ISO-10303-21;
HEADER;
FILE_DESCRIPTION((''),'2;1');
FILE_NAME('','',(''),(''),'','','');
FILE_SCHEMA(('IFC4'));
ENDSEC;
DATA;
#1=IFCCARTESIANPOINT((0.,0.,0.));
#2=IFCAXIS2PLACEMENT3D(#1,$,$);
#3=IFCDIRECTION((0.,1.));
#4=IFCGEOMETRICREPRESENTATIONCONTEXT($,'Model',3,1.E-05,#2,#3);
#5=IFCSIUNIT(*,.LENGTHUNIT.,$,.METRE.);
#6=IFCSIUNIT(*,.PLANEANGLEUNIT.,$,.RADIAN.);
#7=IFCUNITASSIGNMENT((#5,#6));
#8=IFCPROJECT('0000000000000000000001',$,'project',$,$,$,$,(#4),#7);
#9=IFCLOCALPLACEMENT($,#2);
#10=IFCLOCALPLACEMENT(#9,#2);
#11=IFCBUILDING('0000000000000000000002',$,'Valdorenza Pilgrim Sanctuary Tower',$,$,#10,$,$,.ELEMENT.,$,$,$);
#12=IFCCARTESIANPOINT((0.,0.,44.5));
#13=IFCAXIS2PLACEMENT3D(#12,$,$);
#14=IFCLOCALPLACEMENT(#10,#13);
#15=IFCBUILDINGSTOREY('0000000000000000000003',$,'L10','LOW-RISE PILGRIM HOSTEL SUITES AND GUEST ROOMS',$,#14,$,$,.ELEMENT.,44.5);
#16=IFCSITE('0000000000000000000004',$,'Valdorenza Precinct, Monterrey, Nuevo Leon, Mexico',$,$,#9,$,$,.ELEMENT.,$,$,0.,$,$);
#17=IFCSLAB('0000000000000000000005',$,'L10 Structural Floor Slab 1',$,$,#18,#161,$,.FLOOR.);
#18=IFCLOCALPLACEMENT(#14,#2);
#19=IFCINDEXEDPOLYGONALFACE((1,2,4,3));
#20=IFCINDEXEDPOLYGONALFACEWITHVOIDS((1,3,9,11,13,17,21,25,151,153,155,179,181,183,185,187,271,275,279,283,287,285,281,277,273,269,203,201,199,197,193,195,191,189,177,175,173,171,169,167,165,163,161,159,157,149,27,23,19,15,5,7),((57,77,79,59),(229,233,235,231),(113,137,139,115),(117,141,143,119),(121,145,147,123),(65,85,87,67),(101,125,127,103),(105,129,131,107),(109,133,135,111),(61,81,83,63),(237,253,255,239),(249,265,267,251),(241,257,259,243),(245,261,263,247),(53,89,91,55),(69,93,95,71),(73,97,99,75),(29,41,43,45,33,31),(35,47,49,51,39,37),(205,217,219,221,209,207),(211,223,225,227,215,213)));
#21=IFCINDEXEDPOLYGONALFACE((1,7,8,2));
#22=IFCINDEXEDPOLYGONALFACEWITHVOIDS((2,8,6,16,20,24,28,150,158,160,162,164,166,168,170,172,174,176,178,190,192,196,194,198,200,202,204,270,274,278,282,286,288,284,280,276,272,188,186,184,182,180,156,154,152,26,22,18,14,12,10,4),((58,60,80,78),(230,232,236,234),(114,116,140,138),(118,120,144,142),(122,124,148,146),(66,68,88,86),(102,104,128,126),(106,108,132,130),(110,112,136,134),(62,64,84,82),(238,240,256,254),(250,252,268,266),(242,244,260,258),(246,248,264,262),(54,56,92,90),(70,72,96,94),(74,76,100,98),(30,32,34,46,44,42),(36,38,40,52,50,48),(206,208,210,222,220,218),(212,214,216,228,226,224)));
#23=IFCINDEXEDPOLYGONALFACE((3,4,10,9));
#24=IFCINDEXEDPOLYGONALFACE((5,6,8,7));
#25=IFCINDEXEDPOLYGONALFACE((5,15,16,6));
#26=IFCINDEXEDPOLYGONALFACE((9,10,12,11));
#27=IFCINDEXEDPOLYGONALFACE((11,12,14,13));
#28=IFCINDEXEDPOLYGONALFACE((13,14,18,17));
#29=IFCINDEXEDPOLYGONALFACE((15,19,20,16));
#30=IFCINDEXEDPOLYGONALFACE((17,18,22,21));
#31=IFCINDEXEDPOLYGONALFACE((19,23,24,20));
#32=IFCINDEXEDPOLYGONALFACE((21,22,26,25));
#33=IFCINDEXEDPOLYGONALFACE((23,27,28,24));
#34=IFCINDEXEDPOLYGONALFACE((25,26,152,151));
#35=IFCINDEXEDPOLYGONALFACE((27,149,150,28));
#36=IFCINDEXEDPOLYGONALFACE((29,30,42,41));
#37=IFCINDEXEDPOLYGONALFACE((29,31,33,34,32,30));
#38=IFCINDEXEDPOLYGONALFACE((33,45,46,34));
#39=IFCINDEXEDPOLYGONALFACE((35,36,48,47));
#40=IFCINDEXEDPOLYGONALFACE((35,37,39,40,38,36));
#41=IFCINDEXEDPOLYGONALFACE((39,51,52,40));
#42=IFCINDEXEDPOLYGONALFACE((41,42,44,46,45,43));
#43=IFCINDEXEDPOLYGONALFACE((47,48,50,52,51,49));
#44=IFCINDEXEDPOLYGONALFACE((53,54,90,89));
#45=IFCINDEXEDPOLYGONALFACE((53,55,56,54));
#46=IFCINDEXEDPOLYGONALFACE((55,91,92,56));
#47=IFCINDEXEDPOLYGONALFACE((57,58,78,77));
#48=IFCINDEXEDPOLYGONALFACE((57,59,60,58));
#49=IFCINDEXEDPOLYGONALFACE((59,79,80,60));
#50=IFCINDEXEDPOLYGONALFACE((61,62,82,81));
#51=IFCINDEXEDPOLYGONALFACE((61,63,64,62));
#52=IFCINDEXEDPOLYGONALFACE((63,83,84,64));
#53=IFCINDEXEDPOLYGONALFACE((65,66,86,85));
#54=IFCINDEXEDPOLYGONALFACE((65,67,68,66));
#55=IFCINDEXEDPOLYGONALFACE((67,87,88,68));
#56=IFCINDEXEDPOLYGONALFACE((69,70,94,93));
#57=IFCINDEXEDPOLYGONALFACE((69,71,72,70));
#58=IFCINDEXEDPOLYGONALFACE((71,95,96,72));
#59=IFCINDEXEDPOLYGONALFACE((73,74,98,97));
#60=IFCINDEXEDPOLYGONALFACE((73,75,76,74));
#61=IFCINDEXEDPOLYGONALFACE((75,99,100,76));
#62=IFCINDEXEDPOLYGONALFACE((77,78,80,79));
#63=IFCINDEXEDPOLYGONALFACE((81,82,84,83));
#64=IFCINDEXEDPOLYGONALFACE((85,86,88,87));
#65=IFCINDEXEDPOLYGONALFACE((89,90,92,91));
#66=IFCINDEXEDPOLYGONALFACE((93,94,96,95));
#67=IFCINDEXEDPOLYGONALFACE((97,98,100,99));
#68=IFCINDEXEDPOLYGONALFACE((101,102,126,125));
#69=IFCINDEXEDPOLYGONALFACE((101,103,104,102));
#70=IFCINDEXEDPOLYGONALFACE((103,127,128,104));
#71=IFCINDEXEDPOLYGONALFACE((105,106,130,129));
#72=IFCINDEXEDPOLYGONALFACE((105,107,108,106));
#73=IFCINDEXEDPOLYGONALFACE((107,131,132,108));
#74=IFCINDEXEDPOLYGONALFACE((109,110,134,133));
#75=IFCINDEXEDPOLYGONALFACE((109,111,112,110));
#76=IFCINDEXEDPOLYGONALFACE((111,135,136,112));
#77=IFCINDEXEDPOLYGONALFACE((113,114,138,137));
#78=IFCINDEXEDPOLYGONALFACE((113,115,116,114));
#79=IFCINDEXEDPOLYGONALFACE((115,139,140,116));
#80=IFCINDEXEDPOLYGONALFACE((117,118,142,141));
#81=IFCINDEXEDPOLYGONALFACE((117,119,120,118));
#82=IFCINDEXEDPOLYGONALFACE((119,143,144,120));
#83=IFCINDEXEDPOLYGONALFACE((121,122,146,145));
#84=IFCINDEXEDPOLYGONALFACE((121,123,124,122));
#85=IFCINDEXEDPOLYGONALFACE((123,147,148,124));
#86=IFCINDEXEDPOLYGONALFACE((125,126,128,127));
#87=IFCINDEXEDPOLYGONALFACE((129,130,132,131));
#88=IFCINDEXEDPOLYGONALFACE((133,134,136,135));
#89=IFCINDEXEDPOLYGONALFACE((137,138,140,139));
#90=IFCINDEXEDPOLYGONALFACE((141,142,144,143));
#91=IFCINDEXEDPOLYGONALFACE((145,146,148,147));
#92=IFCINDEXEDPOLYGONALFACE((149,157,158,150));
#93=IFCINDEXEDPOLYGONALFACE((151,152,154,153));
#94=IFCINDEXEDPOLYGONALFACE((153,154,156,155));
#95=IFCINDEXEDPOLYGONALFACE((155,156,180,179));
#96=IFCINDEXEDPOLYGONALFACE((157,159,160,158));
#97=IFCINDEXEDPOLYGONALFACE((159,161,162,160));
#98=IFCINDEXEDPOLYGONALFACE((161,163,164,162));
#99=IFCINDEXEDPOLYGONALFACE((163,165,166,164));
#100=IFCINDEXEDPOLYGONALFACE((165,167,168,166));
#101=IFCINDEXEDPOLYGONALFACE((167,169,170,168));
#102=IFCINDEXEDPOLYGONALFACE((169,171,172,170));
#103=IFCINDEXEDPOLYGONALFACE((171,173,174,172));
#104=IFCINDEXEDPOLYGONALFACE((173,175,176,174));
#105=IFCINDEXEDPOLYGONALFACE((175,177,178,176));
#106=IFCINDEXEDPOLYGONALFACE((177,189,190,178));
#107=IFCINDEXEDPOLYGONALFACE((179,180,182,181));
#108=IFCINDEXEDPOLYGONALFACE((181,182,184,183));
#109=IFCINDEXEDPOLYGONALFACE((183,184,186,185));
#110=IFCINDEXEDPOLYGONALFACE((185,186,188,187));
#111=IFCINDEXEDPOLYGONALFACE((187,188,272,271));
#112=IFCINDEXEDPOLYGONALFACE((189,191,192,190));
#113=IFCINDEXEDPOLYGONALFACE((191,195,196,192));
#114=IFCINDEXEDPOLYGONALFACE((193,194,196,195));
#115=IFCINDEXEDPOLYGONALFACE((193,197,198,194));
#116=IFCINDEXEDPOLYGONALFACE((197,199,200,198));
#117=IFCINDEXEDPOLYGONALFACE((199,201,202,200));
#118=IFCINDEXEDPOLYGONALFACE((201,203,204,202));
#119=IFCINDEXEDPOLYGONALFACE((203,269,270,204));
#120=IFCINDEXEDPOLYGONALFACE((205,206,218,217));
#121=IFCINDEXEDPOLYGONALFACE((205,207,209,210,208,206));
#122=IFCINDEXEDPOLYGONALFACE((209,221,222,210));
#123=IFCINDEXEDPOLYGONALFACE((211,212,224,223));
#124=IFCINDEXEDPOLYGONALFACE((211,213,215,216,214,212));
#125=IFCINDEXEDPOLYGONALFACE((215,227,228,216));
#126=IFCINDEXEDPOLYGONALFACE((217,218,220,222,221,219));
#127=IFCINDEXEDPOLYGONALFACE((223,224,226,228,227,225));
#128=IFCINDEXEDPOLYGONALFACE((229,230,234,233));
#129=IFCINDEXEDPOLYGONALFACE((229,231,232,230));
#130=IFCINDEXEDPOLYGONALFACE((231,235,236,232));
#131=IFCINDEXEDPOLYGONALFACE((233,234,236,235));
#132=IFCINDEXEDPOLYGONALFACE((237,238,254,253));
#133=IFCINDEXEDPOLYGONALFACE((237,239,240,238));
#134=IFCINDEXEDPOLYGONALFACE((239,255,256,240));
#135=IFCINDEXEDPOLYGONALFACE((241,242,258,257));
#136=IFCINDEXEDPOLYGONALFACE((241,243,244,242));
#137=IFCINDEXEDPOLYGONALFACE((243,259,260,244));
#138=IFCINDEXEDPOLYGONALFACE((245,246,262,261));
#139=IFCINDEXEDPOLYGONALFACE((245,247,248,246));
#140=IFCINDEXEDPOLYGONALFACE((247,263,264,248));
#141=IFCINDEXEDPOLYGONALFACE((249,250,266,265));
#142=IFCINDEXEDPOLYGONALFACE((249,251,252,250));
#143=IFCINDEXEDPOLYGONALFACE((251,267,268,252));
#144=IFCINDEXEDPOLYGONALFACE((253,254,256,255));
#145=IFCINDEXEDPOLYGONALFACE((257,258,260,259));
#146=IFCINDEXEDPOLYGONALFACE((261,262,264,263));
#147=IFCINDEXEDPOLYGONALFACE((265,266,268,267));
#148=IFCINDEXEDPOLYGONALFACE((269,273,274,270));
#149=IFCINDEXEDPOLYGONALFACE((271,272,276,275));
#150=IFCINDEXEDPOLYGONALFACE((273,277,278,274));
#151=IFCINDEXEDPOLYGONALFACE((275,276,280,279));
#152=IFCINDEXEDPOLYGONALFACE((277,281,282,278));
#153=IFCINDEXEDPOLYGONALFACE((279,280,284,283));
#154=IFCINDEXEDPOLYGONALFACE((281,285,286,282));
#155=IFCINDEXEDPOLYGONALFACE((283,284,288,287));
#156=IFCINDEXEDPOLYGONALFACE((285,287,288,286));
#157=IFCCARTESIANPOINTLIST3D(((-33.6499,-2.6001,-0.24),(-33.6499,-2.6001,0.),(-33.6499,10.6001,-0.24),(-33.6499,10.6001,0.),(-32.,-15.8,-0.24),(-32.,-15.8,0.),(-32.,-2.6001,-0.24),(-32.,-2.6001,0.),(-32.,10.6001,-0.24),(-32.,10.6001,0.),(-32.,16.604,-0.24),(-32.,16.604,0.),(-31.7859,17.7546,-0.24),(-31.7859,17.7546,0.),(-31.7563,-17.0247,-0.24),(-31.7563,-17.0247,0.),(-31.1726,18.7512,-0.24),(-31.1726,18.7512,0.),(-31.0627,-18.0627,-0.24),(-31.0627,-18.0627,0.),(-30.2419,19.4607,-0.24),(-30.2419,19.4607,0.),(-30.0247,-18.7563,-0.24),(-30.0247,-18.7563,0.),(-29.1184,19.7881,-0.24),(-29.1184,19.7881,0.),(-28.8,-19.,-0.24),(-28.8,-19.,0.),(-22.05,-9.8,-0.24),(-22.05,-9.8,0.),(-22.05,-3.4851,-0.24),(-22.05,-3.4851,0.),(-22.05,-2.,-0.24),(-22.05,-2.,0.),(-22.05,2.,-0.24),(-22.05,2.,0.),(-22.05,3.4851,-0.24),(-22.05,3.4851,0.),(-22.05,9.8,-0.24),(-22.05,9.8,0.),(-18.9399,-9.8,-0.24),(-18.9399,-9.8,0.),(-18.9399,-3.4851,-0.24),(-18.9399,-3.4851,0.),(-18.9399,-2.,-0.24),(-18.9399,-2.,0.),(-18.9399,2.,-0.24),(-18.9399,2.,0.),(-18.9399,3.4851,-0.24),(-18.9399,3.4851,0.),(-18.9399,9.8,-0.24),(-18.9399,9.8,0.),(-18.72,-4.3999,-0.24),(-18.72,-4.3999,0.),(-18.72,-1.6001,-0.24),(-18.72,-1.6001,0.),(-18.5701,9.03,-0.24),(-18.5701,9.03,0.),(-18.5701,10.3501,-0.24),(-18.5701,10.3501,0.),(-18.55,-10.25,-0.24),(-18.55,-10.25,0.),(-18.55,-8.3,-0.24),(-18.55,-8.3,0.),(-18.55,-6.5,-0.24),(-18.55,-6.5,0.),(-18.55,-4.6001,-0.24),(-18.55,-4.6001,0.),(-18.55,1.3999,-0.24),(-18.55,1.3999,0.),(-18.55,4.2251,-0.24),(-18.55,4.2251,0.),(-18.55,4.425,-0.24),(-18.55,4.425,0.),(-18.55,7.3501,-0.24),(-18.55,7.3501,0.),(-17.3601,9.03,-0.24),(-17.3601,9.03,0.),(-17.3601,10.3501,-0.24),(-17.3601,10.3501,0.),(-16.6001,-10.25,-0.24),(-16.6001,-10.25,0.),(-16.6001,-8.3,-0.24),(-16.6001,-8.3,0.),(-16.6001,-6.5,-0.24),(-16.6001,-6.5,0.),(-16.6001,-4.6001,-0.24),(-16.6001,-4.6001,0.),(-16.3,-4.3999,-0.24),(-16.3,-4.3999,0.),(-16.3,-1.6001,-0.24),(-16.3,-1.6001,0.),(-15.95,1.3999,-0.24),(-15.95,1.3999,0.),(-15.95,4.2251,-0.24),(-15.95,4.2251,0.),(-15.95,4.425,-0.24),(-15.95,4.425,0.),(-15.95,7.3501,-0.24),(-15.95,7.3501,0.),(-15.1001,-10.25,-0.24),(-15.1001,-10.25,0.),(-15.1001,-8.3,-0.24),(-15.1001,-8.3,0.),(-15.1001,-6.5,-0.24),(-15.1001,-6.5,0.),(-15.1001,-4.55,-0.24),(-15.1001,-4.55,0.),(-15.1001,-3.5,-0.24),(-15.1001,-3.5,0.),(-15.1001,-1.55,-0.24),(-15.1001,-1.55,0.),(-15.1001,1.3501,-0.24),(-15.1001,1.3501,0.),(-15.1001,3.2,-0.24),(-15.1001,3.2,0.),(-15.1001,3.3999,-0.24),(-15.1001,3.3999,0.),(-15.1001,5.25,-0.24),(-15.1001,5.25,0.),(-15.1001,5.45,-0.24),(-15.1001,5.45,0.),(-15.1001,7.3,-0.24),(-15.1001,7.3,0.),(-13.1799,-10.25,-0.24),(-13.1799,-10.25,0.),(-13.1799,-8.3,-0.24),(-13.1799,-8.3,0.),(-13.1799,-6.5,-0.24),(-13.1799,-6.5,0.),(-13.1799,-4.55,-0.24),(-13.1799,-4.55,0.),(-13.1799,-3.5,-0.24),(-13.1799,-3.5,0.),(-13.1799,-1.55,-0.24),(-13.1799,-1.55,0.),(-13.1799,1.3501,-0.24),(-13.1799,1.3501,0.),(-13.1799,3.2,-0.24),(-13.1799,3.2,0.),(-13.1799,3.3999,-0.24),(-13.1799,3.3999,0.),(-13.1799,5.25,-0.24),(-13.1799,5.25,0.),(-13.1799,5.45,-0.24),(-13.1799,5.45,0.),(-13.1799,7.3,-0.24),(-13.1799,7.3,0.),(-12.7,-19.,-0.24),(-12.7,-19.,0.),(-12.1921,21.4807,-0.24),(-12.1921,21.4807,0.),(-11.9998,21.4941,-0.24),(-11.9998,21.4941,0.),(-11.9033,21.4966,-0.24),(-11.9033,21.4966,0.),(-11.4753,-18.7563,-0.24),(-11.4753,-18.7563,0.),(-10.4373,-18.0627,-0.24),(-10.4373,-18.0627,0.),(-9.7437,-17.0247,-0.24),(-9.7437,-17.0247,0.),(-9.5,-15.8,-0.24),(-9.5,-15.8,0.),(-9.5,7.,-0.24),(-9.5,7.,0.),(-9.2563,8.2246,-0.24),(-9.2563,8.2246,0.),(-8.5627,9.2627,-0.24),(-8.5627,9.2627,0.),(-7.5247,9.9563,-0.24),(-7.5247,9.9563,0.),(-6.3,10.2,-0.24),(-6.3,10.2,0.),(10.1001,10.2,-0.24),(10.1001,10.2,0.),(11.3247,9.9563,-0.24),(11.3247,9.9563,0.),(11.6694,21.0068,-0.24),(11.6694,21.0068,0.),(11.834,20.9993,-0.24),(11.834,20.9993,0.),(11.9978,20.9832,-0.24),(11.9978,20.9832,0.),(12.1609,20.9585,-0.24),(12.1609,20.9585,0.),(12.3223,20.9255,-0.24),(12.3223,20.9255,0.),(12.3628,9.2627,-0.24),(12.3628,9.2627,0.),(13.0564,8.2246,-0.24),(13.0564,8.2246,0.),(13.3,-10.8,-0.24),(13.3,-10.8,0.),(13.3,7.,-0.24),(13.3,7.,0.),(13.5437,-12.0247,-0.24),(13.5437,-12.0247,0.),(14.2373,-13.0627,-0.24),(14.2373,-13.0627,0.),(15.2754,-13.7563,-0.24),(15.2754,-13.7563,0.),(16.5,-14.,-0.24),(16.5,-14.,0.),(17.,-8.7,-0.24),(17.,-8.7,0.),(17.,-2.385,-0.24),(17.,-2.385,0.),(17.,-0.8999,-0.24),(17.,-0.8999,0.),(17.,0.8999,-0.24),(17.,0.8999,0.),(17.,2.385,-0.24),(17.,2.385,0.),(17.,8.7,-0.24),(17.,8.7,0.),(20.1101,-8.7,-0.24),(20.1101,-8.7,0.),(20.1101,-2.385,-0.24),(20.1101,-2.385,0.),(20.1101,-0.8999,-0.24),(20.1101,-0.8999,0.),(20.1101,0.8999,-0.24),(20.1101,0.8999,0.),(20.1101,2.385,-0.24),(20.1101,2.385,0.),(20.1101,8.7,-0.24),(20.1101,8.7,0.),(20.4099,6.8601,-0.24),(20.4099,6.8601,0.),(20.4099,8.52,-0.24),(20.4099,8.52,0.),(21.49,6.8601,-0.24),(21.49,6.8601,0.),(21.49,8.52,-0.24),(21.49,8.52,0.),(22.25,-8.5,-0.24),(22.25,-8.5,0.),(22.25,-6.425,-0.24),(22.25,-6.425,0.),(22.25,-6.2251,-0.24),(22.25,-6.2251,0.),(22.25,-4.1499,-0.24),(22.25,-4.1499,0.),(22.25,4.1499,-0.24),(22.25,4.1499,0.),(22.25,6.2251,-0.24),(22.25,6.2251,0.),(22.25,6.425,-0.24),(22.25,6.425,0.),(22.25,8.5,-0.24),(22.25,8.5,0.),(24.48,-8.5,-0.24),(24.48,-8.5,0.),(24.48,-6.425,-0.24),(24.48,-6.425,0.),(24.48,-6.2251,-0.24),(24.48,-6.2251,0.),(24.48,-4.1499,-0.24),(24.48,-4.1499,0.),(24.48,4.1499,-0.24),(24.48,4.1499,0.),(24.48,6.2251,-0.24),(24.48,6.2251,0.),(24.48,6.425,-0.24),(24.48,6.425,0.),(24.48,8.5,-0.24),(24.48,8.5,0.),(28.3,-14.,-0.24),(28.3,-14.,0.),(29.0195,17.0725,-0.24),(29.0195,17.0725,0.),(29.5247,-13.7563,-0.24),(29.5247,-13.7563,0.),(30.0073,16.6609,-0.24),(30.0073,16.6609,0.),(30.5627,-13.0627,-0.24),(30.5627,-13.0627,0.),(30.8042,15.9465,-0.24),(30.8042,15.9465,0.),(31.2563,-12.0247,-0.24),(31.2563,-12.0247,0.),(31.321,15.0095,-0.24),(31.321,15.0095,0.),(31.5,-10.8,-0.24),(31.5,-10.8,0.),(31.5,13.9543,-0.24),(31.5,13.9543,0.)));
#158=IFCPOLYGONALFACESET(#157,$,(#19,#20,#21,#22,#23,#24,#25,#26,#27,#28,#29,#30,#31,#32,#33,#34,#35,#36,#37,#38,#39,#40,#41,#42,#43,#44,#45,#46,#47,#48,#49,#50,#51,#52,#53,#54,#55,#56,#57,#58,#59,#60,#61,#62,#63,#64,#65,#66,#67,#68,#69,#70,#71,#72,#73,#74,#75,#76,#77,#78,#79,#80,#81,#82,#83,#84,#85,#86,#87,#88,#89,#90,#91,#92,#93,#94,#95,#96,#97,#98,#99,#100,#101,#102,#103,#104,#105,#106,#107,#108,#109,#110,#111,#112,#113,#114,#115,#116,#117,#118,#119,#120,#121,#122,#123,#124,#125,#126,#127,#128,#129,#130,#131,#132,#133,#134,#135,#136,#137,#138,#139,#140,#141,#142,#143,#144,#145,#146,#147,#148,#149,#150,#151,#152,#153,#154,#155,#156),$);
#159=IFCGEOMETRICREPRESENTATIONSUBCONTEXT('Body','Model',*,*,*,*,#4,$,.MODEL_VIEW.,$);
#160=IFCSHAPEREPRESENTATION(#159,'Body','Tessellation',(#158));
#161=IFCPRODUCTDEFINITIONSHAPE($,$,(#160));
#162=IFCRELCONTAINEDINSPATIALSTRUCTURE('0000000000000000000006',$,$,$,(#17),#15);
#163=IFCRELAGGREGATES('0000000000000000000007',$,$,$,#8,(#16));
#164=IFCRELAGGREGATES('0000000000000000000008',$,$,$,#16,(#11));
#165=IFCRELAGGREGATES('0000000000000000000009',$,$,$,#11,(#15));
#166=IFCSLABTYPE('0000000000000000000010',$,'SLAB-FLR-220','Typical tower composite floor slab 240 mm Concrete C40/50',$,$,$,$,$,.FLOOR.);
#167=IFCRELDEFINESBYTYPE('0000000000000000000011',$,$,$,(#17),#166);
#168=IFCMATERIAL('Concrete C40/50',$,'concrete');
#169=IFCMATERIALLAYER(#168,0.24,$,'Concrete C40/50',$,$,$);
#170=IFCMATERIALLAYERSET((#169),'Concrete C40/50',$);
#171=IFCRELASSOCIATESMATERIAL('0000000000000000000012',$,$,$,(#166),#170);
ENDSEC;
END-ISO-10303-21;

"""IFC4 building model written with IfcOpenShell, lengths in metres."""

from ifc_helpers import new_model, si_unit, direction, frame, origin, place, context, subcontext, project, spatial, polyline, outline, extrude, material, layer, layer_set, type_object, element, save


model = new_model("IFC4")

# Units and contexts
model_context = context("Model", 3, precision=1e-05, world=origin(), true_north=direction((0.0, 1.0)))
body_context = subcontext(model_context, "Body", "Model", "MODEL_VIEW")
ifc_project = project(units=[si_unit("LENGTHUNIT", "METRE"), si_unit("PLANEANGLEUNIT", "RADIAN")], contexts=[model_context])

# Site, building, storey
site_placement = place(None, origin())
site = spatial("IfcSite", under=ifc_project, at=site_placement, Name="Valdorenza Precinct, Monterrey, Nuevo Leon, Mexico", CompositionType="ELEMENT", RefElevation=0.0)
building_placement = place(site_placement, origin())
building = spatial("IfcBuilding", under=site, at=building_placement, Name="Valdorenza Pilgrim Sanctuary Tower", CompositionType="ELEMENT")
storey_placement = place(building_placement, frame((0.0, 0.0, 44.5)))
storey = spatial("IfcBuildingStorey", under=building, at=storey_placement, Name="L10", Description="LOW-RISE PILGRIM HOSTEL SUITES AND GUEST ROOMS", CompositionType="ELEMENT", Elevation=44.5)

# Slab
ifc_material_1 = material(Name="Concrete C40/50", Category="concrete")
ifc_layer_1 = layer(ifc_material_1, 0.24, Name="Concrete C40/50")
ifc_layer_set_1 = layer_set([ifc_layer_1], Name="Concrete C40/50")
slab_type_1 = type_object("IfcSlabType", Name="SLAB-FLR-220", Description="Typical tower composite floor slab 240 mm Concrete C40/50", PredefinedType="FLOOR", material=ifc_layer_set_1)
slab_1_placement = place(storey_placement, frame((0.0, 0.0, -0.24)))
element("IfcSlab", 1, at=slab_1_placement, inside=storey, type_object=slab_type_1, Name="L10 Structural Floor Slab 1", PredefinedType="FLOOR", context=body_context, shape_type="SweptSolid", body=[
    extrude(outline(polyline([(-31.7859, 17.7546), (-31.1726, 18.7512), (-30.2419, 19.4607), (-29.1184, 19.7881), (-12.1921, 21.4807), (-11.9998, 21.4941), (-11.9033, 21.4966), (11.6694, 21.0068), (11.834, 20.9993), (11.9978, 20.9832), (12.1609, 20.9585), (12.3223, 20.9255), (29.0195, 17.0725), (30.0073, 16.6609), (30.8042, 15.9465), (31.321, 15.0095), (31.5, 13.9543), (31.5, -10.8), (31.2563, -12.0247), (30.5627, -13.0627), (29.5247, -13.7563), (28.3, -14.0), (16.5, -14.0), (15.2754, -13.7563), (14.2373, -13.0627), (13.5437, -12.0247), (13.3, -10.8), (13.3, 7.0), (13.0564, 8.2246), (12.3628, 9.2627), (11.3247, 9.9563), (10.1001, 10.2), (-6.3, 10.2), (-7.5247, 9.9563), (-8.5627, 9.2627), (-9.2563, 8.2246), (-9.5, 7.0), (-9.5, -15.8), (-9.7437, -17.0247), (-10.4373, -18.0627), (-11.4753, -18.7563), (-12.7, -19.0), (-28.8, -19.0), (-30.0247, -18.7563), (-31.0627, -18.0627), (-31.7563, -17.0247), (-32.0, -15.8), (-32.0, -2.6001), (-33.6499, -2.6001), (-33.6499, 10.6001), (-32.0, 10.6001), (-32.0, 16.604), (-31.7859, 17.7546)]), holes=[polyline([(-16.6001, -10.25), (-16.6001, -8.3), (-18.55, -8.3), (-18.55, -10.25), (-16.6001, -10.25)]), polyline([(-22.05, -9.8), (-18.9399, -9.8), (-18.9399, -3.4851), (-18.9399, -2.0), (-22.05, -2.0), (-22.05, -3.4851), (-22.05, -9.8)]), polyline([(-18.55, -6.5), (-16.6001, -6.5), (-16.6001, -4.6001), (-18.55, -4.6001), (-18.55, -6.5)]), polyline([(-13.1799, -6.5), (-13.1799, -4.55), (-15.1001, -4.55), (-15.1001, -6.5), (-13.1799, -6.5)]), polyline([(-18.72, -4.3999), (-16.3, -4.3999), (-16.3, -1.6001), (-18.72, -1.6001), (-18.72, -4.3999)]), polyline([(-13.1799, -3.5), (-13.1799, -1.55), (-15.1001, -1.55), (-15.1001, -3.5), (-13.1799, -3.5)]), polyline([(-22.05, 2.0), (-18.9399, 2.0), (-18.9399, 3.4851), (-18.9399, 9.8), (-22.05, 9.8), (-22.05, 3.4851), (-22.05, 2.0)]), polyline([(-18.55, 1.3999), (-15.95, 1.3999), (-15.95, 4.2251), (-18.55, 4.2251), (-18.55, 1.3999)]), polyline([(-15.95, 4.425), (-15.95, 7.3501), (-18.55, 7.3501), (-18.55, 4.425), (-15.95, 4.425)]), polyline([(-15.1001, 5.45), (-13.1799, 5.45), (-13.1799, 7.3), (-15.1001, 7.3), (-15.1001, 5.45)]), polyline([(-17.3601, 9.03), (-17.3601, 10.3501), (-18.5701, 10.3501), (-18.5701, 9.03), (-17.3601, 9.03)]), polyline([(-15.1001, -10.25), (-13.1799, -10.25), (-13.1799, -8.3), (-15.1001, -8.3), (-15.1001, -10.25)]), polyline([(22.25, -8.5), (24.48, -8.5), (24.48, -6.425), (22.25, -6.425), (22.25, -8.5)]), polyline([(17.0, -2.385), (17.0, -8.7), (20.1101, -8.7), (20.1101, -2.385), (20.1101, -0.8999), (17.0, -0.8999), (17.0, -2.385)]), polyline([(22.25, -6.2251), (24.48, -6.2251), (24.48, -4.1499), (22.25, -4.1499), (22.25, -6.2251)]), polyline([(17.0, 0.8999), (20.1101, 0.8999), (20.1101, 2.385), (20.1101, 8.7), (17.0, 8.7), (17.0, 2.385), (17.0, 0.8999)]), polyline([(-15.1001, 1.3501), (-13.1799, 1.3501), (-13.1799, 3.2), (-15.1001, 3.2), (-15.1001, 1.3501)]), polyline([(-15.1001, 3.3999), (-13.1799, 3.3999), (-13.1799, 5.25), (-15.1001, 5.25), (-15.1001, 3.3999)]), polyline([(22.25, 4.1499), (24.48, 4.1499), (24.48, 6.2251), (22.25, 6.2251), (22.25, 4.1499)]), polyline([(22.25, 6.425), (24.48, 6.425), (24.48, 8.5), (22.25, 8.5), (22.25, 6.425)]), polyline([(20.4099, 6.8601), (21.49, 6.8601), (21.49, 8.52), (20.4099, 8.52), (20.4099, 6.8601)])]), origin(), (0.0, 0.0, 1.0), 0.24),
])

save(model, "model.ifc")
